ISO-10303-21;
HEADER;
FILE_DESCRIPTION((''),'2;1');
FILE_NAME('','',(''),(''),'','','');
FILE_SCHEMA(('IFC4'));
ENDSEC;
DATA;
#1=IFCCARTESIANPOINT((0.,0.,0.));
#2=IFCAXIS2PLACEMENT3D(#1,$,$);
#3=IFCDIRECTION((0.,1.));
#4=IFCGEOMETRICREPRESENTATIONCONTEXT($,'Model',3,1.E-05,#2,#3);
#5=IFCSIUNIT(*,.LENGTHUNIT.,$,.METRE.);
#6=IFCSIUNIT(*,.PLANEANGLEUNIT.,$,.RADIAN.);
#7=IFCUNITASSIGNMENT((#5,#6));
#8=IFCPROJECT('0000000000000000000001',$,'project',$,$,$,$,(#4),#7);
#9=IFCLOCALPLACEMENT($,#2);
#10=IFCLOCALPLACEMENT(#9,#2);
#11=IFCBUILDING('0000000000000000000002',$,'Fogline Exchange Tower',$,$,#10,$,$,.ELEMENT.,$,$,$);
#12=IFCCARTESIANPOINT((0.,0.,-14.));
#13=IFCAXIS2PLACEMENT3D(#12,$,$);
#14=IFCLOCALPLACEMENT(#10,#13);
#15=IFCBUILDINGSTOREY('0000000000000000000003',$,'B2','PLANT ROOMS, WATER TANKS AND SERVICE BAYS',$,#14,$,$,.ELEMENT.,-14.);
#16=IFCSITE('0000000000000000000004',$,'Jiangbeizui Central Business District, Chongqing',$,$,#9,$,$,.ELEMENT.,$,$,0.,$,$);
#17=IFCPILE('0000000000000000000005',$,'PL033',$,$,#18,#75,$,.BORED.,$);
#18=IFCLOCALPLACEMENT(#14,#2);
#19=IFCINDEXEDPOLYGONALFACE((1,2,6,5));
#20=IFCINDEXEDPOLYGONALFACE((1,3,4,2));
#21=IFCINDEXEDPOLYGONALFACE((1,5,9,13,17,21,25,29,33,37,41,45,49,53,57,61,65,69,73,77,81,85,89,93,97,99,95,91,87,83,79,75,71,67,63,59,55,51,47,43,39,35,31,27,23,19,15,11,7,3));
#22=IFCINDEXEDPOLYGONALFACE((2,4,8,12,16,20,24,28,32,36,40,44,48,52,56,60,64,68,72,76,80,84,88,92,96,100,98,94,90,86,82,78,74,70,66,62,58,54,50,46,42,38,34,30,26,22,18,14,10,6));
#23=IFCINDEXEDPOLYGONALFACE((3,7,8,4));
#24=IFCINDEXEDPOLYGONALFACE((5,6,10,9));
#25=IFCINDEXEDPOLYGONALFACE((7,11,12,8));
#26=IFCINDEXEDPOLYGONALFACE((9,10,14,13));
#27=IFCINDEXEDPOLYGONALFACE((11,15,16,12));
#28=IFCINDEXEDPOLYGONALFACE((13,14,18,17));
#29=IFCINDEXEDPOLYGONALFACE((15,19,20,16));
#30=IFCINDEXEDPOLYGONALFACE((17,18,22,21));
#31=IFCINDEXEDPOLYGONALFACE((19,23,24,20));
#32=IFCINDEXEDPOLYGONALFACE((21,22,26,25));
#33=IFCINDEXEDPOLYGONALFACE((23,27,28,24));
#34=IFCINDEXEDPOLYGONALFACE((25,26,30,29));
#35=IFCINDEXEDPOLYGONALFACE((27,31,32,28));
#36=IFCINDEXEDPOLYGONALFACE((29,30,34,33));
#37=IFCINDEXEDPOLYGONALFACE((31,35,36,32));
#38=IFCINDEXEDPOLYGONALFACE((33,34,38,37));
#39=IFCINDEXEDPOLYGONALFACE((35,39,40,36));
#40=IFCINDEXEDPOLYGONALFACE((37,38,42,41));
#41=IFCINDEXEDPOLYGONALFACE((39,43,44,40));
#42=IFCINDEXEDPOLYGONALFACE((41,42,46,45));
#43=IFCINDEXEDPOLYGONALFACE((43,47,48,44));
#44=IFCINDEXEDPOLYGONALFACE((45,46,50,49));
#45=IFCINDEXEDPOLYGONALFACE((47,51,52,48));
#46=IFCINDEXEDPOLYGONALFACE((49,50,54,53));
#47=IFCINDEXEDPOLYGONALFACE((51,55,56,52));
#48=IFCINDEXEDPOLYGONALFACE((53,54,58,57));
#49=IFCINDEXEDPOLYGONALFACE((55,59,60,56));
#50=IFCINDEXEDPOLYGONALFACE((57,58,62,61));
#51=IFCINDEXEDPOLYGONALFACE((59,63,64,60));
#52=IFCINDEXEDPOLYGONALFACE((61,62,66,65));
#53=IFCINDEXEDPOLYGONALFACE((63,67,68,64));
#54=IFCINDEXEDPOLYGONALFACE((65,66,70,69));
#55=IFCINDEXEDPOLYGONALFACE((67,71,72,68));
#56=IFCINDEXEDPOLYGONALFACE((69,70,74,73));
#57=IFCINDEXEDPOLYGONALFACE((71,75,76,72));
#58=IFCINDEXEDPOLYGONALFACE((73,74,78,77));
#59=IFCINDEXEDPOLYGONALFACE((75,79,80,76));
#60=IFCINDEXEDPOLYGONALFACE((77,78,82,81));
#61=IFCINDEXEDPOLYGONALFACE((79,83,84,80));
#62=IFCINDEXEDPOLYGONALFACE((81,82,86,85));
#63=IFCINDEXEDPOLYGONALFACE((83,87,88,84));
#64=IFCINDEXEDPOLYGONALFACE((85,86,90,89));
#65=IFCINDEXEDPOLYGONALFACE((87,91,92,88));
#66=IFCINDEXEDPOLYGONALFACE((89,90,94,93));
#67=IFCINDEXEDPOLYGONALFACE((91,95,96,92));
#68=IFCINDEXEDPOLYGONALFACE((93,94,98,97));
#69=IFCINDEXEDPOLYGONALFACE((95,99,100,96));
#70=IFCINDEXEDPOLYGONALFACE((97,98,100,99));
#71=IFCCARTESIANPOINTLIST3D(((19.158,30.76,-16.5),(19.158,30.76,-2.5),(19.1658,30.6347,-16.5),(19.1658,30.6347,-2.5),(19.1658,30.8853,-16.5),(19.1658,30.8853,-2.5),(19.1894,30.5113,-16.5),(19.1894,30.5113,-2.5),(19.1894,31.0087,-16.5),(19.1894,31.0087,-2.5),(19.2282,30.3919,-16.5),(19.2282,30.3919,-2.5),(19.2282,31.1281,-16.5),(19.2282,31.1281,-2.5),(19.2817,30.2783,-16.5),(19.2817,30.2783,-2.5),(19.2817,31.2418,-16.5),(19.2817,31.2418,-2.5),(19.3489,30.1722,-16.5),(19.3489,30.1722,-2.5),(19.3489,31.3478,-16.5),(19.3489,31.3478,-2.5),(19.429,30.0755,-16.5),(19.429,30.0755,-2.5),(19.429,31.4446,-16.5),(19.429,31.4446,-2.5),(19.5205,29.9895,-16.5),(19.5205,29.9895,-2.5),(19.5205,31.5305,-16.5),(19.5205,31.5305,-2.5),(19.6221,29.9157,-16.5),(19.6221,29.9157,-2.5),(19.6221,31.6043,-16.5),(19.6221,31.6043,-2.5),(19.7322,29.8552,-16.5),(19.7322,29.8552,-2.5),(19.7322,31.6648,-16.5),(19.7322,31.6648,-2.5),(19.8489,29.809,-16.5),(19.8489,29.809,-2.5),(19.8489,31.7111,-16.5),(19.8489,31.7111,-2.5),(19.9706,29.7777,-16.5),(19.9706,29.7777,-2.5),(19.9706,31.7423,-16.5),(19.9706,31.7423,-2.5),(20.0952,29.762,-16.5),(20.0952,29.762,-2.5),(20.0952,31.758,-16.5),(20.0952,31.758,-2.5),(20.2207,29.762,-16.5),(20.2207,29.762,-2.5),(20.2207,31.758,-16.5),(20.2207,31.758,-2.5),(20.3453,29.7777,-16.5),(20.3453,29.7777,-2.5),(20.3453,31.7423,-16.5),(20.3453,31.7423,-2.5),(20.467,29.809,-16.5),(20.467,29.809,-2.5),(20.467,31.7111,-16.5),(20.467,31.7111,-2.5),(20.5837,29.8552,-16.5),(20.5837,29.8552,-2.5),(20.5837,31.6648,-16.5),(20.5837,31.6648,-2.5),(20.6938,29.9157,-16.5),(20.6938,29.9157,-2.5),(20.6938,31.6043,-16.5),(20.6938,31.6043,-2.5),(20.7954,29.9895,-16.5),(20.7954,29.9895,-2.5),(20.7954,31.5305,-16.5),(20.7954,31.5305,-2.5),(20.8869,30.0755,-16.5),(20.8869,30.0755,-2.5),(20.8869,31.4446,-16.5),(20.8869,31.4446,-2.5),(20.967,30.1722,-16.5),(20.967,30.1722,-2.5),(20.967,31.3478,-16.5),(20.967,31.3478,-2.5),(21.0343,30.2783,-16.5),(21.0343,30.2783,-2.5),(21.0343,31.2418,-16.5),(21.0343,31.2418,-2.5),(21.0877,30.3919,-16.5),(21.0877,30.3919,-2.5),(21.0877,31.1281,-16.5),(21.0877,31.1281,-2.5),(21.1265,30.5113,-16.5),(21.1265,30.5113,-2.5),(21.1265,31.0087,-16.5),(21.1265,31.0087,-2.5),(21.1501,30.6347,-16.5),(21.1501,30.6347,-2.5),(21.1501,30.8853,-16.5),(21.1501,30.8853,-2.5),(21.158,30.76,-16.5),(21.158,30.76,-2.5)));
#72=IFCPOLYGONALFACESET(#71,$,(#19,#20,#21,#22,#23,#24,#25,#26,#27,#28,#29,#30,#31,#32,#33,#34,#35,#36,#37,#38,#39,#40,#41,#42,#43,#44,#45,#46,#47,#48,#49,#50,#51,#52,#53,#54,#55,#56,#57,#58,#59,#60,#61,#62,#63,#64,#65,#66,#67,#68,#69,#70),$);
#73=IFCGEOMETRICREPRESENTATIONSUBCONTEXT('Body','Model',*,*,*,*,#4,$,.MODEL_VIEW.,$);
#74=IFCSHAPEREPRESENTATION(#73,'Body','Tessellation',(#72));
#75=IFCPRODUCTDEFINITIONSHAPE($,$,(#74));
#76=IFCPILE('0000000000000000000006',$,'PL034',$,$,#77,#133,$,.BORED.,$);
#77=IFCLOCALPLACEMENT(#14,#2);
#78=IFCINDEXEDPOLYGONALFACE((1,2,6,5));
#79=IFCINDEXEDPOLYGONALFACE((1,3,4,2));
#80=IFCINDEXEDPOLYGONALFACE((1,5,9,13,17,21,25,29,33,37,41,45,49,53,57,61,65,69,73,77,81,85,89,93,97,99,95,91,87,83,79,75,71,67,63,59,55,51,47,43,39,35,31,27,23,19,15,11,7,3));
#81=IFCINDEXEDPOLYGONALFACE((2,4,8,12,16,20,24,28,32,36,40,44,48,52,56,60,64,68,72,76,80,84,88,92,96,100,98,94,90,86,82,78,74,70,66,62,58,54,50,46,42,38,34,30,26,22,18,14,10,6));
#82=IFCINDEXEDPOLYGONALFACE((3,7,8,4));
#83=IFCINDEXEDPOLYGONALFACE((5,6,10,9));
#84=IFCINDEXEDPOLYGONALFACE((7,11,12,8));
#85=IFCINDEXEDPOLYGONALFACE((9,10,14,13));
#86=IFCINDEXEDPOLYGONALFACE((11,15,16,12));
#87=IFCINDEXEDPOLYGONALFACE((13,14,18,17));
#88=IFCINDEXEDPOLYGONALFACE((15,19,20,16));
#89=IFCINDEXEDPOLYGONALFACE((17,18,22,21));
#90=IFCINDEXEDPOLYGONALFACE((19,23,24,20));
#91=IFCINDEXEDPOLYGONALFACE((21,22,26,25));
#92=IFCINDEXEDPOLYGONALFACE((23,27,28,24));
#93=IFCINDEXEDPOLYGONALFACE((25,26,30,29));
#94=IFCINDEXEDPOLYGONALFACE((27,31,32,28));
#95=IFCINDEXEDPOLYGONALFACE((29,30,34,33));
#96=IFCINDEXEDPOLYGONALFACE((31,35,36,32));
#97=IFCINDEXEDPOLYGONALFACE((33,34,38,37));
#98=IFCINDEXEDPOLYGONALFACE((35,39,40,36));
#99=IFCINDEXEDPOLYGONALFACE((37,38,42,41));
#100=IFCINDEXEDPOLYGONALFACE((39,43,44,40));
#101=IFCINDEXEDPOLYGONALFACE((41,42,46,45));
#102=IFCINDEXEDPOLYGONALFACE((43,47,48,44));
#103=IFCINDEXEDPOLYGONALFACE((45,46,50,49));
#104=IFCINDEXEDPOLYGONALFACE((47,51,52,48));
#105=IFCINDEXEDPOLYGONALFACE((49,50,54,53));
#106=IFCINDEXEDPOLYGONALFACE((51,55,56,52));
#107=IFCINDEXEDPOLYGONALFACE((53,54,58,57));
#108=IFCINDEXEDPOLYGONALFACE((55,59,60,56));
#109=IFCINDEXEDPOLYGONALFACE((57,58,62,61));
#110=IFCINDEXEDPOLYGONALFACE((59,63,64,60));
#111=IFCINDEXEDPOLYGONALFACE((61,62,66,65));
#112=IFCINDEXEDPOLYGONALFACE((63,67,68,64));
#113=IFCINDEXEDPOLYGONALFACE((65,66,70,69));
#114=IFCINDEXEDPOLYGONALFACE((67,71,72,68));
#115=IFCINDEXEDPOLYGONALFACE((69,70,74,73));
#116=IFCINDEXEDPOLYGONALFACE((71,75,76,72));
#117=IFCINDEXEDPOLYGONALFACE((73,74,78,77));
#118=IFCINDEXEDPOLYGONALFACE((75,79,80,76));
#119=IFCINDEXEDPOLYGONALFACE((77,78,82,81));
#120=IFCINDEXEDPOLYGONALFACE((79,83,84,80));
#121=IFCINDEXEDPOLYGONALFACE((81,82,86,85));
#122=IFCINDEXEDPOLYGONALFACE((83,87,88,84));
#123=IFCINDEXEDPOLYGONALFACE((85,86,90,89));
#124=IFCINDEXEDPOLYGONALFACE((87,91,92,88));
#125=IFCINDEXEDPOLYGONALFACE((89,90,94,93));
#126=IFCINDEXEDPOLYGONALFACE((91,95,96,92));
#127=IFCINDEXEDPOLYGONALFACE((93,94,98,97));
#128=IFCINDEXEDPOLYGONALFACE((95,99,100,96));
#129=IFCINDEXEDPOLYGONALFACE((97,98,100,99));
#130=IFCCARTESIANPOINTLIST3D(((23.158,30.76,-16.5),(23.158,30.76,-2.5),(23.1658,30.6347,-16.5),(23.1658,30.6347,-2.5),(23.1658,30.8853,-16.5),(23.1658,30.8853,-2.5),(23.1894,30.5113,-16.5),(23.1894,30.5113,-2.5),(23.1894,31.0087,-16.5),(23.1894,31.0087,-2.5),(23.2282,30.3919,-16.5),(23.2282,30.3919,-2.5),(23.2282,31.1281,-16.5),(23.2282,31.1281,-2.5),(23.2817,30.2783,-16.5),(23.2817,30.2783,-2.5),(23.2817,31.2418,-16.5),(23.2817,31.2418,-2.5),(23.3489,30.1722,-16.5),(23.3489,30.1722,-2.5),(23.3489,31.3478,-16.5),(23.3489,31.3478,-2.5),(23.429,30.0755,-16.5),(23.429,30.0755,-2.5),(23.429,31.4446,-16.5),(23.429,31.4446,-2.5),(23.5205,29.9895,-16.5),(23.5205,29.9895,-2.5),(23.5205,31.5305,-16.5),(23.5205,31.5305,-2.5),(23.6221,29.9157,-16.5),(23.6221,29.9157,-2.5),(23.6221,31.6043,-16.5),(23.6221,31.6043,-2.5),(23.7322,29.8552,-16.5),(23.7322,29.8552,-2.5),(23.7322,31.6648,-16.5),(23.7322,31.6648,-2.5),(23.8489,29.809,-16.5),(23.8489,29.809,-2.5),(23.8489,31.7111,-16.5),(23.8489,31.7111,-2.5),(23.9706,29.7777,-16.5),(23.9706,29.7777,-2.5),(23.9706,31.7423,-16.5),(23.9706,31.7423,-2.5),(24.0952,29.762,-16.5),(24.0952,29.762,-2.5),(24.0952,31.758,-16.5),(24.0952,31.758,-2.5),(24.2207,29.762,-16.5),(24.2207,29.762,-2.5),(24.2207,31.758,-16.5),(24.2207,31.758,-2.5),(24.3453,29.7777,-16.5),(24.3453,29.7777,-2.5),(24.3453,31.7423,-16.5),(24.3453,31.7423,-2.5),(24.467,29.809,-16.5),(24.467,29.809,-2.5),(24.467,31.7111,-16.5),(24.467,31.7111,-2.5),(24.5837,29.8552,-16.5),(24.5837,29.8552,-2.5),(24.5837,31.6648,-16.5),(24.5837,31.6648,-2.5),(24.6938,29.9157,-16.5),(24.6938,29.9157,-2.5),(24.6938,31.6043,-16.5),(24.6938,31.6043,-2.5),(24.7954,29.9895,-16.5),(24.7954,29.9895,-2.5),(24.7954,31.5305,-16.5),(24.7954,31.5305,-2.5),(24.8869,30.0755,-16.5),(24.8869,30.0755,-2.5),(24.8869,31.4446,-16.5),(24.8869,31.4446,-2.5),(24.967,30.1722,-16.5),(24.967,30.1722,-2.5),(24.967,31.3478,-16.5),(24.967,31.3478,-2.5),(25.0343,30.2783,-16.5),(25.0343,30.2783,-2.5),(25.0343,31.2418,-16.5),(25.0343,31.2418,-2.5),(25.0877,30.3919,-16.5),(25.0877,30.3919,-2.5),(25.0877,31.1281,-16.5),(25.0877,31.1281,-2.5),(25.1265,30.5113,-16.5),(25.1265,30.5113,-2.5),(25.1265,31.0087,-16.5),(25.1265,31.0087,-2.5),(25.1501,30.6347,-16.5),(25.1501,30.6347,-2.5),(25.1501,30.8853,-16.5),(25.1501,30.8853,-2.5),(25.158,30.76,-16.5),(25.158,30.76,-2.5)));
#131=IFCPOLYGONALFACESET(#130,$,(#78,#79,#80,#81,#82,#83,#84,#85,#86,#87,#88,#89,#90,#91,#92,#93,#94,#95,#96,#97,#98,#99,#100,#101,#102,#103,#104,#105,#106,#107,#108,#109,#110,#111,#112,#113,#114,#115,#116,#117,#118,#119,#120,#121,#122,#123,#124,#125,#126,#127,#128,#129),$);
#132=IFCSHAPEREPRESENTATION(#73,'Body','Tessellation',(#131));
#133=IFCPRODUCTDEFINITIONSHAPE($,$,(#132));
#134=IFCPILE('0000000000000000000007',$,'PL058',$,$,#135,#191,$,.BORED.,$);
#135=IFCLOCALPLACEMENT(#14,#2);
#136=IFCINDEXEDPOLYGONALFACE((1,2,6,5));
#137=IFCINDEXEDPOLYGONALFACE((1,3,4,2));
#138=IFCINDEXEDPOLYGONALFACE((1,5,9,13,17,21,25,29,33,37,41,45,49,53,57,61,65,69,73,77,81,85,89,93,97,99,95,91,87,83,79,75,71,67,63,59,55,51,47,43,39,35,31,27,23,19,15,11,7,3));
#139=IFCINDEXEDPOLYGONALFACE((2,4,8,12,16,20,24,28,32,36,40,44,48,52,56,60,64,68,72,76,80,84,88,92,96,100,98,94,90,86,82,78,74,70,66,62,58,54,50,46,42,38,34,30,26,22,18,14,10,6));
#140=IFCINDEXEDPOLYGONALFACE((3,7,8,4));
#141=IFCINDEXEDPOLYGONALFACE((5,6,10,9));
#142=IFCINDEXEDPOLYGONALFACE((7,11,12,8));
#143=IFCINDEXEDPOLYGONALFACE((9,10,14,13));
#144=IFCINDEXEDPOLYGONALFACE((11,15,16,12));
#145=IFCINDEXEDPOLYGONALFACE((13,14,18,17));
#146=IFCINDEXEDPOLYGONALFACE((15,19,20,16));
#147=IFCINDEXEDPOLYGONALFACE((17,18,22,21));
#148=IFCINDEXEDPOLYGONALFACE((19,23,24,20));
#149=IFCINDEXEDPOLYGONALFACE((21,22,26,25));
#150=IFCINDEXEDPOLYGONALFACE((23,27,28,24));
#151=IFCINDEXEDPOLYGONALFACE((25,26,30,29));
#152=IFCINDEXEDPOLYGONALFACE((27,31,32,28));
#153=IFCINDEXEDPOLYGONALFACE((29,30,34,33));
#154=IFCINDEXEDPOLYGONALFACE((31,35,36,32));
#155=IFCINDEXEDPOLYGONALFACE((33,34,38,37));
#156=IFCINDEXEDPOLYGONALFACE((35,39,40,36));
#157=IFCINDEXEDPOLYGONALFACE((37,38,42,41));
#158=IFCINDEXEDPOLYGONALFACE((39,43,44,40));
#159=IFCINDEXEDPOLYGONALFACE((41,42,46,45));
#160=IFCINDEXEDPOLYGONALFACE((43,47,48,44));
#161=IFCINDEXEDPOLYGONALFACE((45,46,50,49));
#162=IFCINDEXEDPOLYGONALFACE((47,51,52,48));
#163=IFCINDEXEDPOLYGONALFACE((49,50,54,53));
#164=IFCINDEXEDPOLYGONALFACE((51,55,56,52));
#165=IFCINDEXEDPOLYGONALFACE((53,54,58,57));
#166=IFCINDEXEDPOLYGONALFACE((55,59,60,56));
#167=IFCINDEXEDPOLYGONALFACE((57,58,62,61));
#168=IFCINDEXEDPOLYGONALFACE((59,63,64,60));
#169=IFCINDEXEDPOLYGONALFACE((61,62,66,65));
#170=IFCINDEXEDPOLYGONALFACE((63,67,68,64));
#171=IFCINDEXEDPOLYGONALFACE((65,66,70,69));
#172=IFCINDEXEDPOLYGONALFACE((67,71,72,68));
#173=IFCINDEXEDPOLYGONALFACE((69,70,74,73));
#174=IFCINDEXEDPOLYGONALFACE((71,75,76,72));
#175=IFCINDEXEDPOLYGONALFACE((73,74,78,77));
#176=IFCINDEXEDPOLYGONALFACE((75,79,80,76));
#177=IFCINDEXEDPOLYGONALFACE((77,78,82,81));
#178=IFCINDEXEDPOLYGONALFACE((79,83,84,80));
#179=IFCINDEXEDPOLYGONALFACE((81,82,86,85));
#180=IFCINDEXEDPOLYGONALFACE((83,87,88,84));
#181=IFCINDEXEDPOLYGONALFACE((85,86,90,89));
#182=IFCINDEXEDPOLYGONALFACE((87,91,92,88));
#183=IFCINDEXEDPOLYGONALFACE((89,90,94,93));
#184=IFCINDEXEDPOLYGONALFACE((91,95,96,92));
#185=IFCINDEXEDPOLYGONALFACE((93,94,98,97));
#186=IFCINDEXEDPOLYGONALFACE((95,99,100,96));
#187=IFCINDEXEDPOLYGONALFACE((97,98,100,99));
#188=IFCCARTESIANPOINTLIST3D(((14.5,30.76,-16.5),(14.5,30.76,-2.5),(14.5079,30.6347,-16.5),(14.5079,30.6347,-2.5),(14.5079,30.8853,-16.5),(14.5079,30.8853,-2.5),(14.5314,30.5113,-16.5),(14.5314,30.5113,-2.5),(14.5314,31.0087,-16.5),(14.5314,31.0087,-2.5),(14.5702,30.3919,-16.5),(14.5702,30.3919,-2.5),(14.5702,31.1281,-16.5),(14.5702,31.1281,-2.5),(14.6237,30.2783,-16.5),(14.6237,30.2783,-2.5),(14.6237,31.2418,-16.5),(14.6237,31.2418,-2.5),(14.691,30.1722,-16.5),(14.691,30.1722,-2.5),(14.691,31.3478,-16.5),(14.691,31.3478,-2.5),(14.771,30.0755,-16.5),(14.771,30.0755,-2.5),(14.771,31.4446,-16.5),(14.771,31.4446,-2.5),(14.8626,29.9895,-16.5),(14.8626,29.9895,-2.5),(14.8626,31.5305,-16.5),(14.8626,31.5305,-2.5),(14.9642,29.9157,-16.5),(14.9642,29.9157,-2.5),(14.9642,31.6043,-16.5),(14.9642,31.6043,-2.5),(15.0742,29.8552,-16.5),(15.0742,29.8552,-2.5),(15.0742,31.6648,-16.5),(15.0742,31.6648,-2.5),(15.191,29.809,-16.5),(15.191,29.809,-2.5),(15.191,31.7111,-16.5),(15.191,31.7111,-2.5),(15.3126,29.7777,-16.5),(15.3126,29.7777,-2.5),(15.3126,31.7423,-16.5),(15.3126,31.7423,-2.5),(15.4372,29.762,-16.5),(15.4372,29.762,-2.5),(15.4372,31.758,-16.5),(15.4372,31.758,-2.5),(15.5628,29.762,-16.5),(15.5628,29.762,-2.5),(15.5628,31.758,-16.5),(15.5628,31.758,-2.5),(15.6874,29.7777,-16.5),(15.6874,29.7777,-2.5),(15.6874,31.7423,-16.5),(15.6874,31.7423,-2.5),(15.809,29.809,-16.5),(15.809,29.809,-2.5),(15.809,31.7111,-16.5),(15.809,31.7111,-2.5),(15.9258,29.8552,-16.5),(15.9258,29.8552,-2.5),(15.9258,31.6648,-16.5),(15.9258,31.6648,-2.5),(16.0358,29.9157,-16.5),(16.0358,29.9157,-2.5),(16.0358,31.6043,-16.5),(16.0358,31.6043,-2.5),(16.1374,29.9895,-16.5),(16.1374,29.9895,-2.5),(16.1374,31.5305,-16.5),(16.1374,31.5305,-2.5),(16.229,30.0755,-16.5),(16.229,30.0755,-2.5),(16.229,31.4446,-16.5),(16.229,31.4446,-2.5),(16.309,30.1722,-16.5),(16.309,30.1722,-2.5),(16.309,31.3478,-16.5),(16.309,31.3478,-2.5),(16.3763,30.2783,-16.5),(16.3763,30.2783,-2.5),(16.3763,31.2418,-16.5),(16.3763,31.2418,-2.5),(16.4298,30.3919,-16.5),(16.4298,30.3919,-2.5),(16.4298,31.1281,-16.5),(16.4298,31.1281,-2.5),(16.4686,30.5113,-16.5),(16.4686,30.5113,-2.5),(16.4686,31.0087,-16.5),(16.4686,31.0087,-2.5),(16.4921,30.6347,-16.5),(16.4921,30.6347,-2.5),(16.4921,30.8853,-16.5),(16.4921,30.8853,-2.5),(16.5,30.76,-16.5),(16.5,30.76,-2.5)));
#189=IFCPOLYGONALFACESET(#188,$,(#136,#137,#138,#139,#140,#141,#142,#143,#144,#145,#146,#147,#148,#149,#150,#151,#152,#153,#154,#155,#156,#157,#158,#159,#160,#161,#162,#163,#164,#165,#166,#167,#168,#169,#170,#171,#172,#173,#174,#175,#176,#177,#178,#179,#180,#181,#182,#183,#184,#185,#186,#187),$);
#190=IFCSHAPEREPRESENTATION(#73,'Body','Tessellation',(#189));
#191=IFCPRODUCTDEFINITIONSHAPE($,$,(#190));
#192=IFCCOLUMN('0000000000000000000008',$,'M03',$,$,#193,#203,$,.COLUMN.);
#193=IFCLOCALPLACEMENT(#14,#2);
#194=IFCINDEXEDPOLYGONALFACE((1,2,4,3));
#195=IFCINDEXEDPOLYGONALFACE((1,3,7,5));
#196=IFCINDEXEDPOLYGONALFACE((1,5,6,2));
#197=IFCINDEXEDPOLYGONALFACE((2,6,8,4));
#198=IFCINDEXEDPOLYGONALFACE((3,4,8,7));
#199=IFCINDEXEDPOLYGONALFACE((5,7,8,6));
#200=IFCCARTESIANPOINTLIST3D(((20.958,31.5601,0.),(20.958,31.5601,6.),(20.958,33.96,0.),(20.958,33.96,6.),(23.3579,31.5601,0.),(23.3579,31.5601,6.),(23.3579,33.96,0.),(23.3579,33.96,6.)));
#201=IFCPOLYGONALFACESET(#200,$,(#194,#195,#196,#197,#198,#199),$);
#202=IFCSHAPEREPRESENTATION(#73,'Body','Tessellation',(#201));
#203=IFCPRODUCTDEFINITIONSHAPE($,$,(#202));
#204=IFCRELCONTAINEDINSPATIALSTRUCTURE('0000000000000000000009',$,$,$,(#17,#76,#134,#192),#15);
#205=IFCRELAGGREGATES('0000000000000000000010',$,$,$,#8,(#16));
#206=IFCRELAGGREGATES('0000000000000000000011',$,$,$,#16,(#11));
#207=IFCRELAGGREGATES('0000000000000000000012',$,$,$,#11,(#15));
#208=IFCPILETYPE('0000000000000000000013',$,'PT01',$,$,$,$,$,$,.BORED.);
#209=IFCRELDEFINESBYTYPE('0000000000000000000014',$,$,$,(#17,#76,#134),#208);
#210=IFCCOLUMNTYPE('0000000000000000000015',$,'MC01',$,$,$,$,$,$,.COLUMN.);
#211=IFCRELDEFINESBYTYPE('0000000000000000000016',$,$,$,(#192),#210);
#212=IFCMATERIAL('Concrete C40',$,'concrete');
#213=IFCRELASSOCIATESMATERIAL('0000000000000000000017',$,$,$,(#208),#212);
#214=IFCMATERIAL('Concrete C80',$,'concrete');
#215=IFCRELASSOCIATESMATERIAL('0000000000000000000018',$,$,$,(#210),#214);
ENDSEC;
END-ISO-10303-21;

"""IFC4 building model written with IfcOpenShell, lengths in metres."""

from ifc_helpers import new_model, si_unit, direction, frame, origin, origin_2d, place, context, subcontext, project, spatial, rectangle, circle, extrude, material, material_profile, profile_set, type_object, element, save


model = new_model("IFC4")

# Units and contexts
model_context = context("Model", 3, precision=1e-05, world=origin(), true_north=direction((0.0, 1.0)))
body_context = subcontext(model_context, "Body", "Model", "MODEL_VIEW")
ifc_project = project(units=[si_unit("LENGTHUNIT", "METRE"), si_unit("PLANEANGLEUNIT", "RADIAN")], contexts=[model_context])

# Site, building, storey
site_placement = place(None, origin())
site = spatial("IfcSite", under=ifc_project, at=site_placement, Name="Jiangbeizui Central Business District, Chongqing", CompositionType="ELEMENT", RefElevation=0.0)
building_placement = place(site_placement, origin())
building = spatial("IfcBuilding", under=site, at=building_placement, Name="Fogline Exchange Tower", CompositionType="ELEMENT")
storey_placement = place(building_placement, frame((0.0, 0.0, -14.0)))
storey = spatial("IfcBuildingStorey", under=building, at=storey_placement, Name="B2", Description="PLANT ROOMS, WATER TANKS AND SERVICE BAYS", CompositionType="ELEMENT", Elevation=-14.0)

# Piles
ifc_material_1 = material(Name="Concrete C40", Category="concrete")
ifc_material_profile_1 = material_profile(ifc_material_1, circle(Radius=1.0, at=origin_2d()), Name="RC D2000")
ifc_profile_set_1 = profile_set([ifc_material_profile_1], Name="Concrete C40")
pile_type = type_object("IfcPileType", Name="PT01", PredefinedType="BORED", material=ifc_profile_set_1)
for number, where, z_axis, x_axis, name in (
    (1, (20.158, 30.76, -2.5), (0.0, 0.0, -1.0), (1.0, 0.0, 0.0), "PL033"),
    (2, (24.158, 30.76, -2.5), (0.0, 0.0, -1.0), (1.0, 0.0, 0.0), "PL034"),
    (3, (15.5, 30.76, -2.5), (0.0, 0.0, -1.0), (1.0, 0.0, 0.0), "PL058"),
):
    element("IfcPile", number, at=place(storey_placement, frame(where, z_axis=z_axis, x_axis=x_axis)), inside=storey, type_object=pile_type, Name=name, PredefinedType="BORED", context=body_context, shape_type="SweptSolid", body=[
        extrude(circle(Radius=1.0, at=origin_2d()), origin(), (0.0, 0.0, 1.0), 14.0),
    ])

# Column
ifc_material_2 = material(Name="Concrete C80", Category="concrete")
ifc_material_profile_2 = material_profile(ifc_material_2, rectangle(XDim=2.3999, YDim=2.3999, at=origin_2d()), Name="RC 2400x2400")
ifc_profile_set_2 = profile_set([ifc_material_profile_2], Name="Concrete C80")
column_type = type_object("IfcColumnType", Name="MC01", PredefinedType="COLUMN", material=ifc_profile_set_2)
column_placement = place(storey_placement, frame((22.158, 32.76, 0.0), z_axis=(0.0, 0.0, 1.0), x_axis=(1.0, 0.0, 0.0)))
element("IfcColumn", 4, at=column_placement, inside=storey, type_object=column_type, Name="M03", PredefinedType="COLUMN", context=body_context, shape_type="SweptSolid", body=[
    extrude(rectangle(XDim=2.3999, YDim=2.3999, at=origin_2d()), origin(), (0.0, 0.0, 1.0), 6.0),
])

save(model, "model.ifc")
